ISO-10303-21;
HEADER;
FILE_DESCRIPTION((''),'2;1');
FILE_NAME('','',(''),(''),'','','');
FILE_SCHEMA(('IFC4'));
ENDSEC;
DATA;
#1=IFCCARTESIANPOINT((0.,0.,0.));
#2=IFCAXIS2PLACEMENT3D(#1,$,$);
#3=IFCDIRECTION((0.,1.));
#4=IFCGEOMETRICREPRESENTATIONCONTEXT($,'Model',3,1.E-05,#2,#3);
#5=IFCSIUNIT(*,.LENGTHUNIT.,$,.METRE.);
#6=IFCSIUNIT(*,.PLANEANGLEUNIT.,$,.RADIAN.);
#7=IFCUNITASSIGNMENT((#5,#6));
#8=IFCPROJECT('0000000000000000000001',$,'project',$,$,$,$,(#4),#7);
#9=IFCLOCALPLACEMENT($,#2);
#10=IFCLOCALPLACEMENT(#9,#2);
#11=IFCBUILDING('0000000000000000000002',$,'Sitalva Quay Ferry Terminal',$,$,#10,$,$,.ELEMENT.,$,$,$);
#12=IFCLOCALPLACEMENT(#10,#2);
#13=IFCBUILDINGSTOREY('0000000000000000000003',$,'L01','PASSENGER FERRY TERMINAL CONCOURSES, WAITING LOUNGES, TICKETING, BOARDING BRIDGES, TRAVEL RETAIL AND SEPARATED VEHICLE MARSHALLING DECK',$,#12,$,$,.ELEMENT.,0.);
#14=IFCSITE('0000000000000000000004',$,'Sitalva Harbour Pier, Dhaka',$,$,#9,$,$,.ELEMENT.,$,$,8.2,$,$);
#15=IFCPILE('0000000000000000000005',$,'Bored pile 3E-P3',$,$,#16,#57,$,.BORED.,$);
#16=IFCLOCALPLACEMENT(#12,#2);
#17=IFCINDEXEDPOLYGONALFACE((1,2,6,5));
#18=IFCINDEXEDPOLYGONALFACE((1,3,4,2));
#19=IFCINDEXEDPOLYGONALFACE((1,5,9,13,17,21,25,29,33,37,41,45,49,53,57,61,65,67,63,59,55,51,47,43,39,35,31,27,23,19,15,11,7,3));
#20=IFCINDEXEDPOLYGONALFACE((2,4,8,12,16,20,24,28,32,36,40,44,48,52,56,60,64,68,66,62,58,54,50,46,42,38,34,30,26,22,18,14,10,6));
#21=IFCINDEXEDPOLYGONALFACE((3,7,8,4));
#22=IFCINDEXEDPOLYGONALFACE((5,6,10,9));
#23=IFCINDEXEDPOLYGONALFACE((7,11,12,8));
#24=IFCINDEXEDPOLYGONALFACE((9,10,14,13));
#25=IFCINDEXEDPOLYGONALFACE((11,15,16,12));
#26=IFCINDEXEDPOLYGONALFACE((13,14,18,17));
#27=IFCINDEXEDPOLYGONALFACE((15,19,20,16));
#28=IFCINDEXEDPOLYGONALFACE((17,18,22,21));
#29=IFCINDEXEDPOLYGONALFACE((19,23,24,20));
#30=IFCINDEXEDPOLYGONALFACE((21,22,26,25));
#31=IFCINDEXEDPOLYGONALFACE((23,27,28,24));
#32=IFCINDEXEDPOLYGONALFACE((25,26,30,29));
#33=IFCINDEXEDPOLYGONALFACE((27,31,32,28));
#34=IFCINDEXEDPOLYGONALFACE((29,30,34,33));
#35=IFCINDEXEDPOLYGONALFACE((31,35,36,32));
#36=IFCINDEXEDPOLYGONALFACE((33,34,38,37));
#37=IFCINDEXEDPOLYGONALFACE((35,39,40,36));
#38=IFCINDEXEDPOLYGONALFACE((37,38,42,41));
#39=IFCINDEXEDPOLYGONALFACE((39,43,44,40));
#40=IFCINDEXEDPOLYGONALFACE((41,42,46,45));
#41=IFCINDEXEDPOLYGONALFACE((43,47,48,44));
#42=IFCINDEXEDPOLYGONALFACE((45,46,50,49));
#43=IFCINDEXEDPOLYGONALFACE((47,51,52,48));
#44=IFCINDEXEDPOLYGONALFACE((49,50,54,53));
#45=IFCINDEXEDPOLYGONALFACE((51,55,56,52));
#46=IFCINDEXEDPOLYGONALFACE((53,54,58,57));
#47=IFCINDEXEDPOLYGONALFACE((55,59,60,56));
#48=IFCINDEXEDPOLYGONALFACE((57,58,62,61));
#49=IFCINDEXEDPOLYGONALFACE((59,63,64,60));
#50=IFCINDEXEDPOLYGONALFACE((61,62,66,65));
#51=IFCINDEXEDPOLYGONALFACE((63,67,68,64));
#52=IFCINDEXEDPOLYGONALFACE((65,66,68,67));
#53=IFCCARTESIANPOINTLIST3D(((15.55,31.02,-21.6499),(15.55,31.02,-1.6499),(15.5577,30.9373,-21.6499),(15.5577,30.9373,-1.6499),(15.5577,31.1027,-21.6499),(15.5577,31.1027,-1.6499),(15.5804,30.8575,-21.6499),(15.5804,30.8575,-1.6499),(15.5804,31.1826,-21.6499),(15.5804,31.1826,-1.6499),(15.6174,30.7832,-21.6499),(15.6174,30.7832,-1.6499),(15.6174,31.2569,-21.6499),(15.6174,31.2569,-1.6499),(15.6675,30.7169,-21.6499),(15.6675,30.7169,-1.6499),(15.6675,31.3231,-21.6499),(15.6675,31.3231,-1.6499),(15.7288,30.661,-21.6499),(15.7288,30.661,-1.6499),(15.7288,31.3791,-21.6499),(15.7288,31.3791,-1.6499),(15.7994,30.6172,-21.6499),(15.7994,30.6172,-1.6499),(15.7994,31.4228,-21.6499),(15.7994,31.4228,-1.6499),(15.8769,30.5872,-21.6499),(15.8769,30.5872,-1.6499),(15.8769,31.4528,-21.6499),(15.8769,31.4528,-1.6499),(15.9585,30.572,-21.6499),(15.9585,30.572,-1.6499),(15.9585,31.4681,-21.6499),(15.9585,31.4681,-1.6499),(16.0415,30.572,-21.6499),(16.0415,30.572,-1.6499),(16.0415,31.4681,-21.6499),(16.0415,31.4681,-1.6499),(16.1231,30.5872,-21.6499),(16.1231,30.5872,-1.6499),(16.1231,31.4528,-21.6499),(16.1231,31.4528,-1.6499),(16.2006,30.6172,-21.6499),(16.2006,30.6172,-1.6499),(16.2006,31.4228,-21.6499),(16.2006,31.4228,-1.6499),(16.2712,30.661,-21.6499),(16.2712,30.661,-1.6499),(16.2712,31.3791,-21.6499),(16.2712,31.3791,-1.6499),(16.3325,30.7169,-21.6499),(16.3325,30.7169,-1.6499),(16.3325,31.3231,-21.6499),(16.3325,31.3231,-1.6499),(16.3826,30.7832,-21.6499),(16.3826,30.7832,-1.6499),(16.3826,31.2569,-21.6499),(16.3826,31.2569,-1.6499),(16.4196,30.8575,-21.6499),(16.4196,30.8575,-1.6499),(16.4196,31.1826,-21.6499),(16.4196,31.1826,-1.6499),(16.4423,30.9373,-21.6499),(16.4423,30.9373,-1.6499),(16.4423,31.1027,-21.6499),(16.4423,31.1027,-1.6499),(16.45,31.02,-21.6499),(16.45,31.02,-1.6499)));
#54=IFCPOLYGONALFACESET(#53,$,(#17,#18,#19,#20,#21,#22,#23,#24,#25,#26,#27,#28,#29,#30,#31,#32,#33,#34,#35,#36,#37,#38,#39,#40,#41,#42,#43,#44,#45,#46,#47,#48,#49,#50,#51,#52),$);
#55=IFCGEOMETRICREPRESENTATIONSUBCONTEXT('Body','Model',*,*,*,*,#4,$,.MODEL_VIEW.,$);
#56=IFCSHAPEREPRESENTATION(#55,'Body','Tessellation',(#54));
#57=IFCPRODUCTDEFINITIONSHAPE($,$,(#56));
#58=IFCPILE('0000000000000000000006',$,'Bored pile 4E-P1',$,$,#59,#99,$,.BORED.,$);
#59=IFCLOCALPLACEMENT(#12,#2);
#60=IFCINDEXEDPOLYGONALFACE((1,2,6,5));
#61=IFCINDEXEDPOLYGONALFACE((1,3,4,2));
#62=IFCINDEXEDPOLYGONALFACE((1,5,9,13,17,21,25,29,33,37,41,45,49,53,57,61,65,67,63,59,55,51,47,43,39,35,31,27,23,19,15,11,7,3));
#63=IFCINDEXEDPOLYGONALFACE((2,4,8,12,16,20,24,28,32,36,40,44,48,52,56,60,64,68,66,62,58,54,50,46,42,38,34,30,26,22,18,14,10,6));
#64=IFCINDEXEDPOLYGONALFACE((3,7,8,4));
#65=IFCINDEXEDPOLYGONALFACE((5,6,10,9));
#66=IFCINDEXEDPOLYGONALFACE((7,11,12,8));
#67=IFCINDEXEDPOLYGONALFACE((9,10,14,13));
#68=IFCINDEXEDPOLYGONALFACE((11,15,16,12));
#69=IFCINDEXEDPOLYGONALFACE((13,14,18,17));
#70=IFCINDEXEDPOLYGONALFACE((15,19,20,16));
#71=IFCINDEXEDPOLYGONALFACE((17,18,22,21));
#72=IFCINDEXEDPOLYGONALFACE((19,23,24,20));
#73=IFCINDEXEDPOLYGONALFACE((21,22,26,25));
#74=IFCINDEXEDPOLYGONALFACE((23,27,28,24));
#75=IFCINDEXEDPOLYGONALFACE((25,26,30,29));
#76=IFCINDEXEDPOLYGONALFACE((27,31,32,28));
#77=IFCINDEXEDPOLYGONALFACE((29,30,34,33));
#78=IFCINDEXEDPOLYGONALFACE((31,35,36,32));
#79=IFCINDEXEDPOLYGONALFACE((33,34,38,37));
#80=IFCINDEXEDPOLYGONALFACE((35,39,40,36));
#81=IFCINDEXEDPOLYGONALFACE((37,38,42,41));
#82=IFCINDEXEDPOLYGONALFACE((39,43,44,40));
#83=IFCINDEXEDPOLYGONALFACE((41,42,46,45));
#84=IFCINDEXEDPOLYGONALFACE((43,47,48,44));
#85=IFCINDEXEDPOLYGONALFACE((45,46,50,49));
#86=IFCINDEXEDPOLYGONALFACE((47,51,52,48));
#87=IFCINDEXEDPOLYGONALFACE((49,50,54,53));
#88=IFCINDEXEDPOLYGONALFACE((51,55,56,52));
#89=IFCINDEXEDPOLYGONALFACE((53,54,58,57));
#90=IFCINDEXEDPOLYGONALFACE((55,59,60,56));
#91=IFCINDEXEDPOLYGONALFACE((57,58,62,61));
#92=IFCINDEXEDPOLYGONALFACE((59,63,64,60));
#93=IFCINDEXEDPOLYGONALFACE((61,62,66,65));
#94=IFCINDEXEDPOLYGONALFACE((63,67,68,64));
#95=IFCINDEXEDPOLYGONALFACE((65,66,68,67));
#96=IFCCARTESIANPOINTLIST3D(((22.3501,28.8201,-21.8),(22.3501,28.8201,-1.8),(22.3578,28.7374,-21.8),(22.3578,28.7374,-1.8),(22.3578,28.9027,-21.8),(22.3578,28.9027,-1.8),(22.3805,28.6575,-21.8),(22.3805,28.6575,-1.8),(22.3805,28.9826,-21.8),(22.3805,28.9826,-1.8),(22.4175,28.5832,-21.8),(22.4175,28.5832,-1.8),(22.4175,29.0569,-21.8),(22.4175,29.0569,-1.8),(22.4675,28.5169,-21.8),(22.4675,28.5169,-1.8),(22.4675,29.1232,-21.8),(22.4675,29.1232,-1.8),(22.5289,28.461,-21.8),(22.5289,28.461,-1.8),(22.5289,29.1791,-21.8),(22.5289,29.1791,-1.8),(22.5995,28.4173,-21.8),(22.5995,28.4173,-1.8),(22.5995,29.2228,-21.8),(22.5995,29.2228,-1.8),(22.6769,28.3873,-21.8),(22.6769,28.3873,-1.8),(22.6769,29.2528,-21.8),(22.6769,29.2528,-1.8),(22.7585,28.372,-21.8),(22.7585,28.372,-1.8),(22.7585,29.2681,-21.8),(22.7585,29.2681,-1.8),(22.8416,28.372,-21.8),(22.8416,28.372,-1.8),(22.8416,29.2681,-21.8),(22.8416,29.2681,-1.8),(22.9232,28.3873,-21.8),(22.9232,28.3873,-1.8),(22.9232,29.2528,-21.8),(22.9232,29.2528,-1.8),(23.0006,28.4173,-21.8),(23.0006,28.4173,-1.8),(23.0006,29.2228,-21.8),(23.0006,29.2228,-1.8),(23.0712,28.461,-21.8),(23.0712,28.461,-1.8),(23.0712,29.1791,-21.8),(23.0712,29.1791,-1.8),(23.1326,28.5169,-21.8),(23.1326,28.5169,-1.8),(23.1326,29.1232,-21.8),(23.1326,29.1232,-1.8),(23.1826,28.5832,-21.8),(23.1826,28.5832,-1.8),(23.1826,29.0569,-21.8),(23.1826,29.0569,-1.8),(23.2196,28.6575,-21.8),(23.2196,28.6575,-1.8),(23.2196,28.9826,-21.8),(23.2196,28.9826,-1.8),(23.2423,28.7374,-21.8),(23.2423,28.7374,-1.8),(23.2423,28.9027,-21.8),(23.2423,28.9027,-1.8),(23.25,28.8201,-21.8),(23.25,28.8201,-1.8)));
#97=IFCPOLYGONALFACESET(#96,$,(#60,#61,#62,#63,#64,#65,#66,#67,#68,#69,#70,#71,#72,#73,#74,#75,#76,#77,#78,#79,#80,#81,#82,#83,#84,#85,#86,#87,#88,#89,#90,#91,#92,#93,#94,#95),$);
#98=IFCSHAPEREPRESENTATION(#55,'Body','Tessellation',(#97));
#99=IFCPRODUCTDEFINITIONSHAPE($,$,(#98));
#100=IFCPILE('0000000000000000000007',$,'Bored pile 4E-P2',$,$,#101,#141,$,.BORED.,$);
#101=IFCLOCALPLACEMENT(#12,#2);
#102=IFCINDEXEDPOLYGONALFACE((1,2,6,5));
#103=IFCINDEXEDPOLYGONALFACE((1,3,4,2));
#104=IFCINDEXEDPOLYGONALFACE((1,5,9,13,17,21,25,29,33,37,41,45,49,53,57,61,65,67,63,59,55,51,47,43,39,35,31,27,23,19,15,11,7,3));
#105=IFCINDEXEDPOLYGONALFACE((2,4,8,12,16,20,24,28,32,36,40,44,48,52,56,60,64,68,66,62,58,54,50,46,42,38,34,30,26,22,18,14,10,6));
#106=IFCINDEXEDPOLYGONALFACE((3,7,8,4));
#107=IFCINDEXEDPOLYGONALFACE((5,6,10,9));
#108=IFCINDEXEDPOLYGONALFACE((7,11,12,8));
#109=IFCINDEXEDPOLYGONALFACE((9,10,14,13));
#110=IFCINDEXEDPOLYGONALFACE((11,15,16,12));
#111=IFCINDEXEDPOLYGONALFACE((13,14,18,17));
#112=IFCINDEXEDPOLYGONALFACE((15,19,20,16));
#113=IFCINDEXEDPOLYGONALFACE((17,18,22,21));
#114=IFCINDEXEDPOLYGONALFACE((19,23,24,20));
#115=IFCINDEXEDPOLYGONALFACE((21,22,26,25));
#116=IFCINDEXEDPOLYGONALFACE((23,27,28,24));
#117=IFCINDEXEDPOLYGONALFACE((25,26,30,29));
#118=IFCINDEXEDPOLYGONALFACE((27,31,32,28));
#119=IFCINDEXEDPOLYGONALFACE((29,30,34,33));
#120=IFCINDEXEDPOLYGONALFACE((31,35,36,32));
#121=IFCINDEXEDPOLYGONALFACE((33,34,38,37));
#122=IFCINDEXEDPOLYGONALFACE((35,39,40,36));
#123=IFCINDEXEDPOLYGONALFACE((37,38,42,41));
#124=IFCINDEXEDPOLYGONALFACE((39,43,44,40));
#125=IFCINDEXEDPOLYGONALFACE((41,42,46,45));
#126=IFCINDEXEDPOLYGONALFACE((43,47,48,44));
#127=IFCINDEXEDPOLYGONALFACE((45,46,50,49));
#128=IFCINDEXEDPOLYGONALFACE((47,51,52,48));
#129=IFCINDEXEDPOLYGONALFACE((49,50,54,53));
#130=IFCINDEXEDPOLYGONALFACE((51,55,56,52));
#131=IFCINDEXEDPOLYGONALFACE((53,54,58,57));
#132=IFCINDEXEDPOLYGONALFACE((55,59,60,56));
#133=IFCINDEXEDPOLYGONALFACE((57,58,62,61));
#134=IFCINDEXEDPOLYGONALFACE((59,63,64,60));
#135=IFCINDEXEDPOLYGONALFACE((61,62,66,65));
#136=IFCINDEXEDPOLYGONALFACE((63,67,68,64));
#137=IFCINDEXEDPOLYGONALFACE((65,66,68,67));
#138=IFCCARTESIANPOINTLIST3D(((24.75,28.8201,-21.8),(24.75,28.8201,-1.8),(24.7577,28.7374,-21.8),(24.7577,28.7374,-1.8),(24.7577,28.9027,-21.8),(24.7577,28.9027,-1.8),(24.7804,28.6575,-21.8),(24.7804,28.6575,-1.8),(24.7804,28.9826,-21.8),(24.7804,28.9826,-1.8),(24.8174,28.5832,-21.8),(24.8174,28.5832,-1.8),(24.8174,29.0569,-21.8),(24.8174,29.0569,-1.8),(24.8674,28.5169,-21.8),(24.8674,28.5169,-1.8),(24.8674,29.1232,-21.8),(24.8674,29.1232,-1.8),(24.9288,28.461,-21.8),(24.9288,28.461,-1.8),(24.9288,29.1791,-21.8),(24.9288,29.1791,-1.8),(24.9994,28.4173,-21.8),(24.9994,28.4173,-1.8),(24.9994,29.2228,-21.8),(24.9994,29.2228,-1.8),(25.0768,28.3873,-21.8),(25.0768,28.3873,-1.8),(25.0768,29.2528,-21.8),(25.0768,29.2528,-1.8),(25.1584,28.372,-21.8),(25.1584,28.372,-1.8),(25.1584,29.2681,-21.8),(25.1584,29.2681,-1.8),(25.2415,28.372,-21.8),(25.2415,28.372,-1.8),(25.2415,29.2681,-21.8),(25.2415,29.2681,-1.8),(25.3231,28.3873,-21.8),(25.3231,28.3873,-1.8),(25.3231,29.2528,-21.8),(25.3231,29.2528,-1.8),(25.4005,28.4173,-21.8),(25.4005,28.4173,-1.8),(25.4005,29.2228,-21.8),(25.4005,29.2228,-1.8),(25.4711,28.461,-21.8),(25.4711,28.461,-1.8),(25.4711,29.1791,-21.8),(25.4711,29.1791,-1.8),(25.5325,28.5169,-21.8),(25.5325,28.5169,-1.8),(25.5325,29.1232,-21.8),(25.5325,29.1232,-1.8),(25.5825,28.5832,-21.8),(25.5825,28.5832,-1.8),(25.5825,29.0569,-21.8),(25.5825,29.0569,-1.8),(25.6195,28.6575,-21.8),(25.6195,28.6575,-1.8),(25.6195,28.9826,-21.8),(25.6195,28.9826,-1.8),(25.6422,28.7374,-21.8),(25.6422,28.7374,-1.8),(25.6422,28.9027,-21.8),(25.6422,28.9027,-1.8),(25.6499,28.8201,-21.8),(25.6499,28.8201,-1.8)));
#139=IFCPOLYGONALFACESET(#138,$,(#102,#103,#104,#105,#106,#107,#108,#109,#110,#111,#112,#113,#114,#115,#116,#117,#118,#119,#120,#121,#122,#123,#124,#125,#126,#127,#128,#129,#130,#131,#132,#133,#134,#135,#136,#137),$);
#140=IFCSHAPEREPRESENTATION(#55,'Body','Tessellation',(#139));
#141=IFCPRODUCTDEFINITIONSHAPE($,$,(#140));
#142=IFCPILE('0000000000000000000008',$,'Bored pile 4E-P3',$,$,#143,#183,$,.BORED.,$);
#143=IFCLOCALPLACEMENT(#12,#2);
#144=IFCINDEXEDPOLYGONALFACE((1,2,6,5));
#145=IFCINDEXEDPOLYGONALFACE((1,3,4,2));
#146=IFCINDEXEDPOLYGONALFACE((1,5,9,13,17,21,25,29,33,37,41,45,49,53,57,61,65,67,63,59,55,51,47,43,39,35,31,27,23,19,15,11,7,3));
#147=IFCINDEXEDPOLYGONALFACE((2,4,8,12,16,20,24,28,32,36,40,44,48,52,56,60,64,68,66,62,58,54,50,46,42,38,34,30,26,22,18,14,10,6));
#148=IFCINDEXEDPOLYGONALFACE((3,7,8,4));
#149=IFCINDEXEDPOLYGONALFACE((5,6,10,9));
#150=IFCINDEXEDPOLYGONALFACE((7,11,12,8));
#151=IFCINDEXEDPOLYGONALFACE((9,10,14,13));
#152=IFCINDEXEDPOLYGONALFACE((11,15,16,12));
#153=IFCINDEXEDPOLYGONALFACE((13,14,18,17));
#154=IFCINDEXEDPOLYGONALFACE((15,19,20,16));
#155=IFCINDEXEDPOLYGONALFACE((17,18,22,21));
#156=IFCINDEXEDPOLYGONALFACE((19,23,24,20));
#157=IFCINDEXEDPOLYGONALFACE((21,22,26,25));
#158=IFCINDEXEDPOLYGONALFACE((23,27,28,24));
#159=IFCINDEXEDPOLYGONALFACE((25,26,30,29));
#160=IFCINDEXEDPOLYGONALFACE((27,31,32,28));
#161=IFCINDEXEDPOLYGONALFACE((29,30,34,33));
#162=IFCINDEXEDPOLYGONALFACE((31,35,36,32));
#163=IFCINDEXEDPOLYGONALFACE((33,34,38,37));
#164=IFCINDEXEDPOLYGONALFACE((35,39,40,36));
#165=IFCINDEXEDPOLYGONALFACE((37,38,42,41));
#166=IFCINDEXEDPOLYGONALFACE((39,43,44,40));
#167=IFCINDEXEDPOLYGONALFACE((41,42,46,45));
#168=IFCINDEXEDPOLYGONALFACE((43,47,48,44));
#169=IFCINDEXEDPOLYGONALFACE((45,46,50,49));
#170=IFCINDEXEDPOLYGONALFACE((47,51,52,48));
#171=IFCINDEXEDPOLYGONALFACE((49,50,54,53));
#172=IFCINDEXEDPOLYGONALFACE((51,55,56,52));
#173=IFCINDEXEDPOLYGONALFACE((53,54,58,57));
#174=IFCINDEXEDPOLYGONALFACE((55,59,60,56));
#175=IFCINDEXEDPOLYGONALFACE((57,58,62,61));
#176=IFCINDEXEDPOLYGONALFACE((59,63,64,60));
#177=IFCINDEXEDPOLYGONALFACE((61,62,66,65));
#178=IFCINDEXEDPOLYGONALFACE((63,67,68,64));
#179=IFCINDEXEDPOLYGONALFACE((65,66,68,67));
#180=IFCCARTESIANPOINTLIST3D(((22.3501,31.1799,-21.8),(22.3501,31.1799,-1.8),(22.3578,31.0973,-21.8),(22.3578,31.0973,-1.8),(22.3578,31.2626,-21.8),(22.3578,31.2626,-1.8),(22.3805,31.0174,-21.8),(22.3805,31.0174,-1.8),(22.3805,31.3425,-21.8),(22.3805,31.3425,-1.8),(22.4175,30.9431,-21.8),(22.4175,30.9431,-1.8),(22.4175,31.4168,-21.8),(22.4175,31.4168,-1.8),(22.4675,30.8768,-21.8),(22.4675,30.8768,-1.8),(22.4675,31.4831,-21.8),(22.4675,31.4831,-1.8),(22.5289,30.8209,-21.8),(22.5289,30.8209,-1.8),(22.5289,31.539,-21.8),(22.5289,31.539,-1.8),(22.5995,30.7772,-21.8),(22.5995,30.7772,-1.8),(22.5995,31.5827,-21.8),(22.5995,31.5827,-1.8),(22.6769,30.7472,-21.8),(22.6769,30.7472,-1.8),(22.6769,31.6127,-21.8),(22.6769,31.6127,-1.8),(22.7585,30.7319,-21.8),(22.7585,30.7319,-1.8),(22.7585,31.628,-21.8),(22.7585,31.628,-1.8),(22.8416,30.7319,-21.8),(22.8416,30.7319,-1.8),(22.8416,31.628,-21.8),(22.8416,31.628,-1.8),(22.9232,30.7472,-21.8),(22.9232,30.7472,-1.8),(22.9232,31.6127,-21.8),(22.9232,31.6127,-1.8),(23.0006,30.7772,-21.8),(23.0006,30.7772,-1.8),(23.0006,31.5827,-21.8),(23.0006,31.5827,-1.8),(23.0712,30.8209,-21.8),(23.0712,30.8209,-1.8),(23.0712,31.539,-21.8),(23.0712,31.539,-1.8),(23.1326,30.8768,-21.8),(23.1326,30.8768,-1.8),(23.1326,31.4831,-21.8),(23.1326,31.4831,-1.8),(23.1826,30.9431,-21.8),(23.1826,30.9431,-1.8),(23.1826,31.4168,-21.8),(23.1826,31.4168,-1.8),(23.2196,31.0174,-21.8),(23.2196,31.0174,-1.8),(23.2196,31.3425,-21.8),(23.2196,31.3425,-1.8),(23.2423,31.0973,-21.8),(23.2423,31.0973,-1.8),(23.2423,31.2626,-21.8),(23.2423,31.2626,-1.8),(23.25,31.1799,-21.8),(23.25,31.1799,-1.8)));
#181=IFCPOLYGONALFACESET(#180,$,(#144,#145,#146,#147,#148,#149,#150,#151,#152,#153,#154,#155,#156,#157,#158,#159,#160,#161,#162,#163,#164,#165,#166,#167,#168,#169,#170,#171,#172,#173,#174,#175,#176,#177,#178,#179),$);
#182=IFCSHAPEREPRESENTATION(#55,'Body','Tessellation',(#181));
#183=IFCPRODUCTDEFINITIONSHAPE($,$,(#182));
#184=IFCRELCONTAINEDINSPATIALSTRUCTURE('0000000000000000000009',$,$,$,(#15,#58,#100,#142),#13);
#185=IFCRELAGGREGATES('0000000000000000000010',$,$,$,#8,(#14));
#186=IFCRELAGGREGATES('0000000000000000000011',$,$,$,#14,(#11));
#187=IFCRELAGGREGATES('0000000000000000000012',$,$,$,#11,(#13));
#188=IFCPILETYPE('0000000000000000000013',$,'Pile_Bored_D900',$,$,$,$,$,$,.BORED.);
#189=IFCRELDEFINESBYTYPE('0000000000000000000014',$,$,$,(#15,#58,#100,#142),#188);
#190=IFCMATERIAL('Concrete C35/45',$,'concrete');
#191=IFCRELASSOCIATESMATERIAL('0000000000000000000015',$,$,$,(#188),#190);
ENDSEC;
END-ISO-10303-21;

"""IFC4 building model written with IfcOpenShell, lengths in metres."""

from ifc_helpers import new_model, si_unit, direction, frame, origin, origin_2d, place, context, subcontext, project, spatial, circle, extrude, material, material_profile, profile_set, type_object, element, save


model = new_model("IFC4")

# Units and contexts
model_context = context("Model", 3, precision=1e-05, world=origin(), true_north=direction((0.0, 1.0)))
body_context = subcontext(model_context, "Body", "Model", "MODEL_VIEW")
ifc_project = project(units=[si_unit("LENGTHUNIT", "METRE"), si_unit("PLANEANGLEUNIT", "RADIAN")], contexts=[model_context])

# Site, building, storey
site_placement = place(None, origin())
site = spatial("IfcSite", under=ifc_project, at=site_placement, Name="Sitalva Harbour Pier, Dhaka", CompositionType="ELEMENT", RefElevation=8.2)
building_placement = place(site_placement, origin())
building = spatial("IfcBuilding", under=site, at=building_placement, Name="Sitalva Quay Ferry Terminal", CompositionType="ELEMENT")
storey_placement = place(building_placement, origin())
storey = spatial("IfcBuildingStorey", under=building, at=storey_placement, Name="L01", Description="PASSENGER FERRY TERMINAL CONCOURSES, WAITING LOUNGES, TICKETING, BOARDING BRIDGES, TRAVEL RETAIL AND SEPARATED VEHICLE MARSHALLING DECK", CompositionType="ELEMENT", Elevation=0.0)

# Piles
ifc_material_1 = material(Name="Concrete C35/45", Category="concrete")
ifc_material_profile_1 = material_profile(ifc_material_1, circle(Radius=0.45, at=origin_2d()), Name="PILE-D900")
ifc_profile_set_1 = profile_set([ifc_material_profile_1], Name="Concrete C35/45")
pile_type = type_object("IfcPileType", Name="Pile_Bored_D900", PredefinedType="BORED", material=ifc_profile_set_1)
for number, where, z_axis, x_axis, name in (
    (1, (16.0, 31.02, -1.6499), (0.0, 0.0, -1.0), (1.0, 0.0, 0.0), "Bored pile 3E-P3"),
    (2, (22.8, 28.8201, -1.8), (0.0, 0.0, -1.0), (1.0, 0.0, 0.0), "Bored pile 4E-P1"),
    (3, (25.2, 28.8201, -1.8), (0.0, 0.0, -1.0), (1.0, 0.0, 0.0), "Bored pile 4E-P2"),
    (4, (22.8, 31.1799, -1.8), (0.0, 0.0, -1.0), (1.0, 0.0, 0.0), "Bored pile 4E-P3"),
):
    element("IfcPile", number, at=place(storey_placement, frame(where, z_axis=z_axis, x_axis=x_axis)), inside=storey, type_object=pile_type, Name=name, PredefinedType="BORED", context=body_context, shape_type="SweptSolid", body=[
        extrude(circle(Radius=0.45, at=origin_2d()), origin(), (0.0, 0.0, 1.0), 20.0),
    ])

save(model, "model.ifc")
